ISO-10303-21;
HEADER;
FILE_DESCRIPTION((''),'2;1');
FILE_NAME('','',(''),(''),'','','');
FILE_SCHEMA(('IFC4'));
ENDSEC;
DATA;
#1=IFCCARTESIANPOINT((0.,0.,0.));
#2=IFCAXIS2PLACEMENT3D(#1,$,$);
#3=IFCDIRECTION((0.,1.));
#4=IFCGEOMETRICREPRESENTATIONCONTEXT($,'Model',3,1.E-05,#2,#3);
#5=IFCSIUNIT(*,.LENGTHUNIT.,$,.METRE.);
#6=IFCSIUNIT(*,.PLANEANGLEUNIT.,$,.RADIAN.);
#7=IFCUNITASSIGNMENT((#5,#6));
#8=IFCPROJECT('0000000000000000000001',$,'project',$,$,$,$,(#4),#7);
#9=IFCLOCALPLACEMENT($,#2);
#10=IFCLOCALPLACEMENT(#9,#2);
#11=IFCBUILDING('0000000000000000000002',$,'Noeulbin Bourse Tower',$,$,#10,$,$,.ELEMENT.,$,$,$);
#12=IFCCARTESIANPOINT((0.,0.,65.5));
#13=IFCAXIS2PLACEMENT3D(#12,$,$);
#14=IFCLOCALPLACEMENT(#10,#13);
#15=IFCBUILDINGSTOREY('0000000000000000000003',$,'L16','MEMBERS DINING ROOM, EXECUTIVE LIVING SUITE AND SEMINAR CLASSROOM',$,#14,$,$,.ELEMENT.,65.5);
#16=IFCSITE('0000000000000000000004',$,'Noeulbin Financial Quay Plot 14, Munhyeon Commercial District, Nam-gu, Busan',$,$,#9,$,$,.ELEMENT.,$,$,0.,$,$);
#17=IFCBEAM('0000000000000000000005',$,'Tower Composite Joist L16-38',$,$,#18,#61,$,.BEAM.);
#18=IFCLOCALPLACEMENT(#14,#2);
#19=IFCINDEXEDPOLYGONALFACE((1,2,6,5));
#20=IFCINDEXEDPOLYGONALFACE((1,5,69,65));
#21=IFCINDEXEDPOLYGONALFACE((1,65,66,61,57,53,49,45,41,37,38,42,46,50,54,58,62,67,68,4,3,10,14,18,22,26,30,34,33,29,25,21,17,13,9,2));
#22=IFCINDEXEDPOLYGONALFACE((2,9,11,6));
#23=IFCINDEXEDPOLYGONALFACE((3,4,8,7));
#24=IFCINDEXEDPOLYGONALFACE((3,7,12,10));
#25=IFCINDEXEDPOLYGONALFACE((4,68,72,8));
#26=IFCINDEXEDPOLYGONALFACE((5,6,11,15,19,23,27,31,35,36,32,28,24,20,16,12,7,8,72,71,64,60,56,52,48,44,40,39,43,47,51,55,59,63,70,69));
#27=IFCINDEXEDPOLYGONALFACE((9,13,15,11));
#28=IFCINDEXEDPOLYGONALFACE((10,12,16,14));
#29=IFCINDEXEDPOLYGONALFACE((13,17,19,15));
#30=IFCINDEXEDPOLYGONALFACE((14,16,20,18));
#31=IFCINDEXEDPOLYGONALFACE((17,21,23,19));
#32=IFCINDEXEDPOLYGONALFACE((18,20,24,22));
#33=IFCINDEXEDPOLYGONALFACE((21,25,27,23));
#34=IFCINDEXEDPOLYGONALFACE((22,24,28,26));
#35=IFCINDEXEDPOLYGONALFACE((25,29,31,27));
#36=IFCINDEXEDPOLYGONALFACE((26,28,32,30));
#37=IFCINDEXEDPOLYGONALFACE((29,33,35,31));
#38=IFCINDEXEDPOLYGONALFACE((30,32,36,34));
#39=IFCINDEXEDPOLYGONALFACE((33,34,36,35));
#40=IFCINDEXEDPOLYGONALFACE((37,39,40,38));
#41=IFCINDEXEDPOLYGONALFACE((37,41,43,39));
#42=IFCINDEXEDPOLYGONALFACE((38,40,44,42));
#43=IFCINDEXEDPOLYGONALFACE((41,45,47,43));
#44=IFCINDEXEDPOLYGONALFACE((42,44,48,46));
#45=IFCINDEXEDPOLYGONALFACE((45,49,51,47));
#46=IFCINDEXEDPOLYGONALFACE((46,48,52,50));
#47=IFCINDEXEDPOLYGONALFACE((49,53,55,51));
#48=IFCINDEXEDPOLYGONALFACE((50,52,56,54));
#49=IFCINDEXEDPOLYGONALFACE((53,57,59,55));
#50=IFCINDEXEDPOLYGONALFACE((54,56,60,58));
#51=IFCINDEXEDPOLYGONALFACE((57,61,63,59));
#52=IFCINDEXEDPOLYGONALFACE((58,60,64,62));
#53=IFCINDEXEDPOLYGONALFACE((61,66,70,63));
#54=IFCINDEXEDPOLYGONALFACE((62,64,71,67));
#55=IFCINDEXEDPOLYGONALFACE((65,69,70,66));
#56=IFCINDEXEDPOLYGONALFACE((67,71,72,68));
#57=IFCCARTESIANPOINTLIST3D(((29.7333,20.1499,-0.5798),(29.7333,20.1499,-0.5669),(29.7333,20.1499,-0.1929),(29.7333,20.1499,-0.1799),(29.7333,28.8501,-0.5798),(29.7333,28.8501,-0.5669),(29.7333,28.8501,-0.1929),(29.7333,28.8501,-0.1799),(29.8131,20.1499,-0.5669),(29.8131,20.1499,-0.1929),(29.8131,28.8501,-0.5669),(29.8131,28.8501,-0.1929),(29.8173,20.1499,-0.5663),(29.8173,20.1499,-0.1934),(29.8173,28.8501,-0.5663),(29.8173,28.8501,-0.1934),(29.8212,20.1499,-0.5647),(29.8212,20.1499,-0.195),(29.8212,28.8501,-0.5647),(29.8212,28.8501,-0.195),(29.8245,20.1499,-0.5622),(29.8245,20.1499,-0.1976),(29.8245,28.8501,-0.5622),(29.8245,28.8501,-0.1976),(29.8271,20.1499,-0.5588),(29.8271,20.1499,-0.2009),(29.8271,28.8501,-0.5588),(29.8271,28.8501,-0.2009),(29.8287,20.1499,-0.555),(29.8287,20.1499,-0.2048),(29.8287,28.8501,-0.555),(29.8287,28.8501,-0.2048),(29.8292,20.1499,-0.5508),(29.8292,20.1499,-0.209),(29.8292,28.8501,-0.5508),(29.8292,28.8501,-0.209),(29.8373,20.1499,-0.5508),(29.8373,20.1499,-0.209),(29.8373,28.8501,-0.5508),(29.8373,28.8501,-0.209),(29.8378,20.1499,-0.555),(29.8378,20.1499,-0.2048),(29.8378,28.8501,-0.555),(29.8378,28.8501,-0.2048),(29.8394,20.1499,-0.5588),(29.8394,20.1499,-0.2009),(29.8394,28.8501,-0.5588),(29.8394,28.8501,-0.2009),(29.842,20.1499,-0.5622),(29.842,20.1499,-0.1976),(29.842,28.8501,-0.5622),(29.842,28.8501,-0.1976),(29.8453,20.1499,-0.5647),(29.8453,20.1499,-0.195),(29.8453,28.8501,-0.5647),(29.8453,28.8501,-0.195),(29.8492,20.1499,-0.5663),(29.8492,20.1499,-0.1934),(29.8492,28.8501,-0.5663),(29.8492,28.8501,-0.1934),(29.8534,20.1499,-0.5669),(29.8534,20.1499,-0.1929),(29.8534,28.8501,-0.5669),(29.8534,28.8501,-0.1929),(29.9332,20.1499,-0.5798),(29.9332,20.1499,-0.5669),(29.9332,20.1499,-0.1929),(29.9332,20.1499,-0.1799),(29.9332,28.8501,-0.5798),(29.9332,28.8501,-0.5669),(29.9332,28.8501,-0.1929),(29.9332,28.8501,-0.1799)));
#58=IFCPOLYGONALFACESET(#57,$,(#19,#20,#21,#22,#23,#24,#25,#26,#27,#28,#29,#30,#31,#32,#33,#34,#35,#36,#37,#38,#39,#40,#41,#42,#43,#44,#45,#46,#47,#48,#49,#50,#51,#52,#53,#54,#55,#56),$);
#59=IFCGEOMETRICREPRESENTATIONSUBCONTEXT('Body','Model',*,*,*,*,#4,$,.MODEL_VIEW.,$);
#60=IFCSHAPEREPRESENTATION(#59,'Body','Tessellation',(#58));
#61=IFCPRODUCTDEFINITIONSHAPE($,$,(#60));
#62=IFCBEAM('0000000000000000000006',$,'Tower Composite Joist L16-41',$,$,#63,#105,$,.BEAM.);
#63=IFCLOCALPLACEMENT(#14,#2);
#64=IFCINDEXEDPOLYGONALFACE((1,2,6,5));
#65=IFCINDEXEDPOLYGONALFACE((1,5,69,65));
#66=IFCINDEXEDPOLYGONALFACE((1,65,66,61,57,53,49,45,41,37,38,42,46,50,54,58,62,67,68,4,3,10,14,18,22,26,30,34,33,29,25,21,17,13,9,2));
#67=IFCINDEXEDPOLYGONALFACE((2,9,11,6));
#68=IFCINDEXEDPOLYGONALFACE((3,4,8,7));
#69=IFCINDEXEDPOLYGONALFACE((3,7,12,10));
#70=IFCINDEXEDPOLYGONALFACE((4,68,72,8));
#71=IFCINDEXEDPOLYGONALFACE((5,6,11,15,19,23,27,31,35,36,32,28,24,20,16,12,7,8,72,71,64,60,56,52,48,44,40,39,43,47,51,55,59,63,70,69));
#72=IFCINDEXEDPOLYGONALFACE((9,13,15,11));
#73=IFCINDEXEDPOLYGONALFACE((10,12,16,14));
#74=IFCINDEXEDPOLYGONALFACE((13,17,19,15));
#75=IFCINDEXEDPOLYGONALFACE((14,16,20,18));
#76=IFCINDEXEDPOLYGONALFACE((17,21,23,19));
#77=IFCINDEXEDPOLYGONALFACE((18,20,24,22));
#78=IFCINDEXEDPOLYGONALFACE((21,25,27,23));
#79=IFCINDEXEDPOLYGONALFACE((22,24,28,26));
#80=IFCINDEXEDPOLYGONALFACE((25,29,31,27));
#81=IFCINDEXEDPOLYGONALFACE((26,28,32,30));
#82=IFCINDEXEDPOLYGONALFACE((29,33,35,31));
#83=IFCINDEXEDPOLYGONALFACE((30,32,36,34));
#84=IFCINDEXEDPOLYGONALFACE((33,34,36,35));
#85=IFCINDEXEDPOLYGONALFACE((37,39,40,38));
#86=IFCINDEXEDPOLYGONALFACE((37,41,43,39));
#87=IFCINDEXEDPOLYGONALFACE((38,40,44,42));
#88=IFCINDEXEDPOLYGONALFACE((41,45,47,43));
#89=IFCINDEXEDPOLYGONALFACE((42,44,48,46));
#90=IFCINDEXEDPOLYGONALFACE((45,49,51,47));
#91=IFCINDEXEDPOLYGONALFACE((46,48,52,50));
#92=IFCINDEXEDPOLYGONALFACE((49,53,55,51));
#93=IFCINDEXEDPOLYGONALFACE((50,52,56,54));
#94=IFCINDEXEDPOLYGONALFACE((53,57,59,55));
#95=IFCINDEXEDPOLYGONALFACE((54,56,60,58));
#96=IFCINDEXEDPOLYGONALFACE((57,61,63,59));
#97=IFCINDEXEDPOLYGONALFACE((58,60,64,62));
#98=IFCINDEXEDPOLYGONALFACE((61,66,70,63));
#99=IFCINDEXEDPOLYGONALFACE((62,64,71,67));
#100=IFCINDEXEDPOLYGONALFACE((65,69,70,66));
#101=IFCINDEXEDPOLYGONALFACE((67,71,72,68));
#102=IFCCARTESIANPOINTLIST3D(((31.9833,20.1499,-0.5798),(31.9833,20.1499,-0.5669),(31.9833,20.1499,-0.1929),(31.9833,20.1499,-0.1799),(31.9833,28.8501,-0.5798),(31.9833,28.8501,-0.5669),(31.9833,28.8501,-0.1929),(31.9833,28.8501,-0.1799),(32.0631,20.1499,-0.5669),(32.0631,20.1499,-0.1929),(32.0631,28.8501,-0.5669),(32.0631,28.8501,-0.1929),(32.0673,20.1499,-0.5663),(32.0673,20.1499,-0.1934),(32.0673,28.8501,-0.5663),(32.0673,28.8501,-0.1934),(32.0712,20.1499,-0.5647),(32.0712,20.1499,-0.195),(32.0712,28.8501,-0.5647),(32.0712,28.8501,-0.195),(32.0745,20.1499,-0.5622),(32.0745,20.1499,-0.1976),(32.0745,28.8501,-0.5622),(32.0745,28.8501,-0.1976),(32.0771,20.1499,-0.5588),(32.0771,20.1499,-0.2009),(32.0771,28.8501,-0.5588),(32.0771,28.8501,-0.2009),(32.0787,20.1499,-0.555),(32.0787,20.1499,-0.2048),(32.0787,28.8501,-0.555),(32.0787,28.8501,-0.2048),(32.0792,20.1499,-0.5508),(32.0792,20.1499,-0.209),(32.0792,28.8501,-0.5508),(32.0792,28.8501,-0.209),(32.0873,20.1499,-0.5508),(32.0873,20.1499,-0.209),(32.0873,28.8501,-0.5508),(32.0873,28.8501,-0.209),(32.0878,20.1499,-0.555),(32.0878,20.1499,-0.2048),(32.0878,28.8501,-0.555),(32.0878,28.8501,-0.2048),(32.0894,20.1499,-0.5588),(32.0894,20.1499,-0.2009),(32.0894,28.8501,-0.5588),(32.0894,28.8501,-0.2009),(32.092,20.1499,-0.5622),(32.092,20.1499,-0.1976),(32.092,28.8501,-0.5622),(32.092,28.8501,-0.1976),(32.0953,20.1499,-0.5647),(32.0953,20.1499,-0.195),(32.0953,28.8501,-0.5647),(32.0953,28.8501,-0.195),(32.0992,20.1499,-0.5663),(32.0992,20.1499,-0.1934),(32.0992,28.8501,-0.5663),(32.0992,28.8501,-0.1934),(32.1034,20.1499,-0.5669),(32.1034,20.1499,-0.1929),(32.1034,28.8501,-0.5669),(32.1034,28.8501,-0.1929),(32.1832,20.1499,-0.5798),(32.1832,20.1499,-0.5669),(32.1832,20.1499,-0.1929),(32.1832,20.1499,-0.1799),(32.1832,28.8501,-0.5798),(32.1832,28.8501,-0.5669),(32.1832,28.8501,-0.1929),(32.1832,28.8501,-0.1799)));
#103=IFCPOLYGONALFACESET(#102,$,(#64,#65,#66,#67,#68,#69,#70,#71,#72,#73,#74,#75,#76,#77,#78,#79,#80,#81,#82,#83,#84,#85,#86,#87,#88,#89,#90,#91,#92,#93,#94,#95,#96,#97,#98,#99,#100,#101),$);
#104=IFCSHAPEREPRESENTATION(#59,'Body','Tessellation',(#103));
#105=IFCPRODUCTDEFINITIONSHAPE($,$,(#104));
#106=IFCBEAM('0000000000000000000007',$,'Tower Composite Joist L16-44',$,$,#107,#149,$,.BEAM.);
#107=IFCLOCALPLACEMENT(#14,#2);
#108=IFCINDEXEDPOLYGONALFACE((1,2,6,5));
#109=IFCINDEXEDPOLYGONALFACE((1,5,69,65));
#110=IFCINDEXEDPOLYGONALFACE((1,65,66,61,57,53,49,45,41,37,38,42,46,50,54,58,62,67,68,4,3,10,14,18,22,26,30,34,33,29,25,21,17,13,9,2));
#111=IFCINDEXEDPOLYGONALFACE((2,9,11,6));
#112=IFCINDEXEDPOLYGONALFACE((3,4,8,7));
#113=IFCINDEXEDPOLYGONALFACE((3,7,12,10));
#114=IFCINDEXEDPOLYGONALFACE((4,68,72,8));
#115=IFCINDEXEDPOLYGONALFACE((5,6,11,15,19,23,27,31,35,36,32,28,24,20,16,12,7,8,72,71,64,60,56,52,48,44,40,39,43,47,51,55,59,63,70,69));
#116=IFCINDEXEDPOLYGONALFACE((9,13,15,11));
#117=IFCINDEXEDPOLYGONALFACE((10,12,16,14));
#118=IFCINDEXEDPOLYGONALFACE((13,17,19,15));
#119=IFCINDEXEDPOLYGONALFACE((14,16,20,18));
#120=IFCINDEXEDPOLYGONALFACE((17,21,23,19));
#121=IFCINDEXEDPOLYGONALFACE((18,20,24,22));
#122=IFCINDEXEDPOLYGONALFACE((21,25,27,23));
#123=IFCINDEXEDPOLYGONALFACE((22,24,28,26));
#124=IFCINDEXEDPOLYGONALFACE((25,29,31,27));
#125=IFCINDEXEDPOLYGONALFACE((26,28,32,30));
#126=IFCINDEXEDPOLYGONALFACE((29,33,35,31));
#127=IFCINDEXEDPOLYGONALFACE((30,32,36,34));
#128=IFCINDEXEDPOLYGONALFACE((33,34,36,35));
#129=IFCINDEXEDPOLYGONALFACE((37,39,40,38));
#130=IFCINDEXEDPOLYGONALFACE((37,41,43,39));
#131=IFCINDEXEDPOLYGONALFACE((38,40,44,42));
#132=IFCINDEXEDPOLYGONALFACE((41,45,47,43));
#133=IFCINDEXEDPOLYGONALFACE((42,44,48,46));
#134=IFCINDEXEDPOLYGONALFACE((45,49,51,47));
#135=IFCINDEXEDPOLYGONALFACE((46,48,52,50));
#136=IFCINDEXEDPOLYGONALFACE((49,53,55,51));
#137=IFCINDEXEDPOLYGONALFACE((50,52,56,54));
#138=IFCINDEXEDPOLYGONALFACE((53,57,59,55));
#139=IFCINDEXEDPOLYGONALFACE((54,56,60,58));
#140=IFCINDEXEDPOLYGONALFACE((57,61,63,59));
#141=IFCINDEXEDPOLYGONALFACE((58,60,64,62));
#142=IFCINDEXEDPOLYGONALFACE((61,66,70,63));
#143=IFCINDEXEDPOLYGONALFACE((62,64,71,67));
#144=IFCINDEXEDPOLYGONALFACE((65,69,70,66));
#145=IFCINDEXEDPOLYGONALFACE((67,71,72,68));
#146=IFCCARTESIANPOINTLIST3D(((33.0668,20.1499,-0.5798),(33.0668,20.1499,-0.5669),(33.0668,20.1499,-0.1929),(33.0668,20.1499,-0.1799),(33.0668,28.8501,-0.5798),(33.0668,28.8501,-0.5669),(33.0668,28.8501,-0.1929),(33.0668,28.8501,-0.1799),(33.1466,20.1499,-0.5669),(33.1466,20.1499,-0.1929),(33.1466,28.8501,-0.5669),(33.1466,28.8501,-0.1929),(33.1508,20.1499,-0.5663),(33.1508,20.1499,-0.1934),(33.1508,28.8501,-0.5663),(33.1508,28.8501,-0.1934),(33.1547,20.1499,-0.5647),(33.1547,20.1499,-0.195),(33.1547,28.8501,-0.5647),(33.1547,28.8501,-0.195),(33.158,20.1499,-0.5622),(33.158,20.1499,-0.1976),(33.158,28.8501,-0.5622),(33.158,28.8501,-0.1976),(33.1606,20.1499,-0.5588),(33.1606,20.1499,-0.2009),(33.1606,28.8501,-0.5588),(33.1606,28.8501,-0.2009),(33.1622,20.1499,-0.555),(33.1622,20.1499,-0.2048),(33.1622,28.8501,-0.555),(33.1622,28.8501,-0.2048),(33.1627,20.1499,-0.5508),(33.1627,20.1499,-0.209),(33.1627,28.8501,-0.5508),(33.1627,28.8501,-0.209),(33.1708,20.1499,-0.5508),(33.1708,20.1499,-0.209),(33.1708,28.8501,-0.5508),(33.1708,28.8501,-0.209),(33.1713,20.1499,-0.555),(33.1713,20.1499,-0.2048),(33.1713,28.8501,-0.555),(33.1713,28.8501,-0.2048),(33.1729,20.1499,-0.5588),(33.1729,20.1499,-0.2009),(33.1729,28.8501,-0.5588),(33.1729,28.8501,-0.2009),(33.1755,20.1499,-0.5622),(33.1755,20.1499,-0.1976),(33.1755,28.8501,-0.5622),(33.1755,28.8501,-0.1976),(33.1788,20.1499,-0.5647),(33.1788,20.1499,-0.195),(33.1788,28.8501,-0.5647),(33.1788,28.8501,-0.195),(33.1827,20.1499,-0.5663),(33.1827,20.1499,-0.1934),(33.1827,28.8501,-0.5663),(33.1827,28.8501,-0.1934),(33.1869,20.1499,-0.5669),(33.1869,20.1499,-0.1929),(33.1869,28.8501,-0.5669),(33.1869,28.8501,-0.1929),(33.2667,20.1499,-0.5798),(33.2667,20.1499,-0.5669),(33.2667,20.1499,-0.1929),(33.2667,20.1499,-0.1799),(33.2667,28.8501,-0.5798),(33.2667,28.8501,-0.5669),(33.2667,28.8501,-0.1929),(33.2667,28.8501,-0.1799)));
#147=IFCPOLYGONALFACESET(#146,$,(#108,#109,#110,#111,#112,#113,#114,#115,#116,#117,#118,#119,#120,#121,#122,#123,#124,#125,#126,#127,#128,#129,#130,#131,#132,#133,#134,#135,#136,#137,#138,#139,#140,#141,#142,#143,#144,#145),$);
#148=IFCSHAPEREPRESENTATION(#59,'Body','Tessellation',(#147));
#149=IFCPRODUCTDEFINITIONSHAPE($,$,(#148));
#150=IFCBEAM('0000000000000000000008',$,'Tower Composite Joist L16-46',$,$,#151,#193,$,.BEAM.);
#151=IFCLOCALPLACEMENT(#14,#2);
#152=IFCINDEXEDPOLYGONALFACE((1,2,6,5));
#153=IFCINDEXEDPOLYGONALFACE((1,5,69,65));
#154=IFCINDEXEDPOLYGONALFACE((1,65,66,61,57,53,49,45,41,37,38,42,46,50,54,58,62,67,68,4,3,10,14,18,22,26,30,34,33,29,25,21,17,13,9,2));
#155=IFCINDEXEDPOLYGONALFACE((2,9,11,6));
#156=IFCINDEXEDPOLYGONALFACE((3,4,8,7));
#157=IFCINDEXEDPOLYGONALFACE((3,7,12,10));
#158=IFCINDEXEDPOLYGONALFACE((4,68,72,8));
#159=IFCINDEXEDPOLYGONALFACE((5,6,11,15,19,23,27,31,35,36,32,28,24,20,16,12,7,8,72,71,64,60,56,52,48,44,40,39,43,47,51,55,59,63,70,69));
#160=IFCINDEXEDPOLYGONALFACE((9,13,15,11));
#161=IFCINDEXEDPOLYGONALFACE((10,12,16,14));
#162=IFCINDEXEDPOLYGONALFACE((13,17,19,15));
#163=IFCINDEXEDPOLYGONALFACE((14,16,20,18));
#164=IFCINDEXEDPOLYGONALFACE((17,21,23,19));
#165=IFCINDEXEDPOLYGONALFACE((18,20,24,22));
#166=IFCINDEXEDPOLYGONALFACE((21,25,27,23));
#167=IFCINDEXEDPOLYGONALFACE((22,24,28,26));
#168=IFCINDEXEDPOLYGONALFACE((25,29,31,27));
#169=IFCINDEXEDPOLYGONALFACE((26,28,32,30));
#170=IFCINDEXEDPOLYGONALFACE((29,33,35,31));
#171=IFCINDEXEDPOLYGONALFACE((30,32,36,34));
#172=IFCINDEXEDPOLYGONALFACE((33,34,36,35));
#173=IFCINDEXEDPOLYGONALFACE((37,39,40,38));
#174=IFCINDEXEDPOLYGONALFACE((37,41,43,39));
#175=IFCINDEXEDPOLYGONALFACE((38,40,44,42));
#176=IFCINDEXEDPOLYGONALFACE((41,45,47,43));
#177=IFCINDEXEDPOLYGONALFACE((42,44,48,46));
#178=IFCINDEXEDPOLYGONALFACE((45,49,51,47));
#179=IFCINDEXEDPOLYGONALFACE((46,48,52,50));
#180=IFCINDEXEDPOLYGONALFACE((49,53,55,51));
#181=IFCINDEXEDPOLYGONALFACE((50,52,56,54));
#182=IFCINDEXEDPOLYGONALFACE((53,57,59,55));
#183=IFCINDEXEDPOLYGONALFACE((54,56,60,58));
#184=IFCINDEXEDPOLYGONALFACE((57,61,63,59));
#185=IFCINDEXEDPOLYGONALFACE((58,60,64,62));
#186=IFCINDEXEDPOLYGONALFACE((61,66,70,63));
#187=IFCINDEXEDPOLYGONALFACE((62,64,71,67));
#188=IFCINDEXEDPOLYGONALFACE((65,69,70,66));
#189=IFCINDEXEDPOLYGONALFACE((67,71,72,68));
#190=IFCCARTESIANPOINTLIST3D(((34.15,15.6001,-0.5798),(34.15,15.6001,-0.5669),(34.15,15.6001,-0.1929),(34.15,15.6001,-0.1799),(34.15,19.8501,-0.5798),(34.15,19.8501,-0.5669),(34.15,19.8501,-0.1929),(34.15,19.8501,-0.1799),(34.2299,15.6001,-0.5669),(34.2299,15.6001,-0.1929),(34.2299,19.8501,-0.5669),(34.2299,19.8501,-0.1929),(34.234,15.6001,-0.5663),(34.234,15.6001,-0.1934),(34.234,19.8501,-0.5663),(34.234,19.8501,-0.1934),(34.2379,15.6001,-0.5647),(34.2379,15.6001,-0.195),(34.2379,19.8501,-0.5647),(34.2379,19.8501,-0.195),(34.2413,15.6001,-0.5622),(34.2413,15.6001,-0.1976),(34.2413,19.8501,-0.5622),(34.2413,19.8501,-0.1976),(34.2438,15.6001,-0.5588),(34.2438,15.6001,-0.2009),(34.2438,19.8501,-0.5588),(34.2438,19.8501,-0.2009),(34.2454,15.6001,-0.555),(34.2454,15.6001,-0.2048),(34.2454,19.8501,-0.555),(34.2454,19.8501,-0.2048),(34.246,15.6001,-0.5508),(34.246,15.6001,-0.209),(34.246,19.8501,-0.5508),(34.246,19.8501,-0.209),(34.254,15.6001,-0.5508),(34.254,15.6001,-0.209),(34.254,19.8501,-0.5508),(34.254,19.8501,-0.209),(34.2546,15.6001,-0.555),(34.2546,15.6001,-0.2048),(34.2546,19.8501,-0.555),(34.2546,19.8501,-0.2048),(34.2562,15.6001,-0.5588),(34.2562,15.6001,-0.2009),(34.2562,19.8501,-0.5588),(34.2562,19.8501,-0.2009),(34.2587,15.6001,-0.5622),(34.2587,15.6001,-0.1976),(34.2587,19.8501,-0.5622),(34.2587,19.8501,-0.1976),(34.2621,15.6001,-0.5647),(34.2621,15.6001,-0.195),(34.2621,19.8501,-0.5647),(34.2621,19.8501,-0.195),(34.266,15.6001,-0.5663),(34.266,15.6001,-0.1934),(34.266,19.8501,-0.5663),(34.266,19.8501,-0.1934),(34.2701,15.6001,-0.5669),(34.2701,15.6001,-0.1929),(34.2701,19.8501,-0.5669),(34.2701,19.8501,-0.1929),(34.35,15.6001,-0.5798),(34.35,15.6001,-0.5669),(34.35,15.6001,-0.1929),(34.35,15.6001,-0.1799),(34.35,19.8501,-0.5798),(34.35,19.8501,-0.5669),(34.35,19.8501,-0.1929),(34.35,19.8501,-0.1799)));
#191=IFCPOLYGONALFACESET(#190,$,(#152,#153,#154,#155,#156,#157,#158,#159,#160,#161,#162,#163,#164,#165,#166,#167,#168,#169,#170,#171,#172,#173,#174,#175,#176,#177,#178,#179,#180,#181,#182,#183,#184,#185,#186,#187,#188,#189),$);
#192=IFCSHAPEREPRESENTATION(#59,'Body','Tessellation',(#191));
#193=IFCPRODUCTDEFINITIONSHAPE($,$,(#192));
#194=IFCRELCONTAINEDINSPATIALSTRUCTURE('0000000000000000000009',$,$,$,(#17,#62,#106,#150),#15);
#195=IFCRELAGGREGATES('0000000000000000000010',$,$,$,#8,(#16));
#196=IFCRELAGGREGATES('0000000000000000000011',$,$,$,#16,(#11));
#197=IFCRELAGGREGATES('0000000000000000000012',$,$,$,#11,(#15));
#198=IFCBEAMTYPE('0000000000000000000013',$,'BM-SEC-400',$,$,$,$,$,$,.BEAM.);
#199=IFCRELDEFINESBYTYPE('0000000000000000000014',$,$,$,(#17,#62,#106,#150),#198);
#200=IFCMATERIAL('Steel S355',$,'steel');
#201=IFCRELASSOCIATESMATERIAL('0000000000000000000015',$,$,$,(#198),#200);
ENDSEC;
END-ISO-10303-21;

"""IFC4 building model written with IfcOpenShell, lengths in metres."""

from ifc_helpers import new_model, si_unit, direction, frame, origin, origin_2d, place, context, subcontext, project, spatial, i_section, extrude, material, material_profile, profile_set, type_object, element, save


model = new_model("IFC4")

# Units and contexts
model_context = context("Model", 3, precision=1e-05, world=origin(), true_north=direction((0.0, 1.0)))
body_context = subcontext(model_context, "Body", "Model", "MODEL_VIEW")
ifc_project = project(units=[si_unit("LENGTHUNIT", "METRE"), si_unit("PLANEANGLEUNIT", "RADIAN")], contexts=[model_context])

# Site, building, storey
site_placement = place(None, origin())
site = spatial("IfcSite", under=ifc_project, at=site_placement, Name="Noeulbin Financial Quay Plot 14, Munhyeon Commercial District, Nam-gu, Busan", CompositionType="ELEMENT", RefElevation=0.0)
building_placement = place(site_placement, origin())
building = spatial("IfcBuilding", under=site, at=building_placement, Name="Noeulbin Bourse Tower", CompositionType="ELEMENT")
storey_placement = place(building_placement, frame((0.0, 0.0, 65.5)))
storey = spatial("IfcBuildingStorey", under=building, at=storey_placement, Name="L16", Description="MEMBERS DINING ROOM, EXECUTIVE LIVING SUITE AND SEMINAR CLASSROOM", CompositionType="ELEMENT", Elevation=65.5)

# Beams
ifc_material_1 = material(Name="Steel S355", Category="steel")
ifc_material_profile_1 = material_profile(ifc_material_1, i_section(OverallWidth=0.2, OverallDepth=0.3999, WebThickness=0.0081, FlangeThickness=0.0129, FilletRadius=0.0161, at=origin_2d()), Name="H-400x200x8x13", Category="LoadBearing")
ifc_profile_set_1 = profile_set([ifc_material_profile_1], Name="Steel S355")
beam_type_1 = type_object("IfcBeamType", Name="BM-SEC-400", PredefinedType="BEAM", material=ifc_profile_set_1)
for number, where, z_axis, x_axis, name in (
    (1, (29.8333, 20.1499, -0.3799), (0.0, 1.0, 0.0), (-1.0, 0.0, 0.0), "Tower Composite Joist L16-38"),
    (2, (32.0833, 20.1499, -0.3799), (0.0, 1.0, 0.0), (-1.0, 0.0, 0.0), "Tower Composite Joist L16-41"),
    (3, (33.1667, 20.1499, -0.3799), (0.0, 1.0, 0.0), (-1.0, 0.0, 0.0), "Tower Composite Joist L16-44"),
):
    element("IfcBeam", number, at=place(storey_placement, frame(where, z_axis=z_axis, x_axis=x_axis)), inside=storey, type_object=beam_type_1, Name=name, PredefinedType="BEAM", context=body_context, shape_type="SweptSolid", body=[
        extrude(i_section(OverallWidth=0.2, OverallDepth=0.3999, WebThickness=0.0081, FlangeThickness=0.0129, FilletRadius=0.0161, at=origin_2d()), origin(), (0.0, 0.0, 1.0), 8.7002),
    ])
beam_1_placement = place(storey_placement, frame((34.25, 15.6001, -0.3799), z_axis=(0.0, 1.0, 0.0), x_axis=(-1.0, 0.0, 0.0)))
element("IfcBeam", 4, at=beam_1_placement, inside=storey, type_object=beam_type_1, Name="Tower Composite Joist L16-46", PredefinedType="BEAM", context=body_context, shape_type="SweptSolid", body=[
    extrude(i_section(OverallWidth=0.2, OverallDepth=0.3999, WebThickness=0.0081, FlangeThickness=0.0129, FilletRadius=0.0161, at=origin_2d()), origin(), (0.0, 0.0, 1.0), 4.25),
])

save(model, "model.ifc")
